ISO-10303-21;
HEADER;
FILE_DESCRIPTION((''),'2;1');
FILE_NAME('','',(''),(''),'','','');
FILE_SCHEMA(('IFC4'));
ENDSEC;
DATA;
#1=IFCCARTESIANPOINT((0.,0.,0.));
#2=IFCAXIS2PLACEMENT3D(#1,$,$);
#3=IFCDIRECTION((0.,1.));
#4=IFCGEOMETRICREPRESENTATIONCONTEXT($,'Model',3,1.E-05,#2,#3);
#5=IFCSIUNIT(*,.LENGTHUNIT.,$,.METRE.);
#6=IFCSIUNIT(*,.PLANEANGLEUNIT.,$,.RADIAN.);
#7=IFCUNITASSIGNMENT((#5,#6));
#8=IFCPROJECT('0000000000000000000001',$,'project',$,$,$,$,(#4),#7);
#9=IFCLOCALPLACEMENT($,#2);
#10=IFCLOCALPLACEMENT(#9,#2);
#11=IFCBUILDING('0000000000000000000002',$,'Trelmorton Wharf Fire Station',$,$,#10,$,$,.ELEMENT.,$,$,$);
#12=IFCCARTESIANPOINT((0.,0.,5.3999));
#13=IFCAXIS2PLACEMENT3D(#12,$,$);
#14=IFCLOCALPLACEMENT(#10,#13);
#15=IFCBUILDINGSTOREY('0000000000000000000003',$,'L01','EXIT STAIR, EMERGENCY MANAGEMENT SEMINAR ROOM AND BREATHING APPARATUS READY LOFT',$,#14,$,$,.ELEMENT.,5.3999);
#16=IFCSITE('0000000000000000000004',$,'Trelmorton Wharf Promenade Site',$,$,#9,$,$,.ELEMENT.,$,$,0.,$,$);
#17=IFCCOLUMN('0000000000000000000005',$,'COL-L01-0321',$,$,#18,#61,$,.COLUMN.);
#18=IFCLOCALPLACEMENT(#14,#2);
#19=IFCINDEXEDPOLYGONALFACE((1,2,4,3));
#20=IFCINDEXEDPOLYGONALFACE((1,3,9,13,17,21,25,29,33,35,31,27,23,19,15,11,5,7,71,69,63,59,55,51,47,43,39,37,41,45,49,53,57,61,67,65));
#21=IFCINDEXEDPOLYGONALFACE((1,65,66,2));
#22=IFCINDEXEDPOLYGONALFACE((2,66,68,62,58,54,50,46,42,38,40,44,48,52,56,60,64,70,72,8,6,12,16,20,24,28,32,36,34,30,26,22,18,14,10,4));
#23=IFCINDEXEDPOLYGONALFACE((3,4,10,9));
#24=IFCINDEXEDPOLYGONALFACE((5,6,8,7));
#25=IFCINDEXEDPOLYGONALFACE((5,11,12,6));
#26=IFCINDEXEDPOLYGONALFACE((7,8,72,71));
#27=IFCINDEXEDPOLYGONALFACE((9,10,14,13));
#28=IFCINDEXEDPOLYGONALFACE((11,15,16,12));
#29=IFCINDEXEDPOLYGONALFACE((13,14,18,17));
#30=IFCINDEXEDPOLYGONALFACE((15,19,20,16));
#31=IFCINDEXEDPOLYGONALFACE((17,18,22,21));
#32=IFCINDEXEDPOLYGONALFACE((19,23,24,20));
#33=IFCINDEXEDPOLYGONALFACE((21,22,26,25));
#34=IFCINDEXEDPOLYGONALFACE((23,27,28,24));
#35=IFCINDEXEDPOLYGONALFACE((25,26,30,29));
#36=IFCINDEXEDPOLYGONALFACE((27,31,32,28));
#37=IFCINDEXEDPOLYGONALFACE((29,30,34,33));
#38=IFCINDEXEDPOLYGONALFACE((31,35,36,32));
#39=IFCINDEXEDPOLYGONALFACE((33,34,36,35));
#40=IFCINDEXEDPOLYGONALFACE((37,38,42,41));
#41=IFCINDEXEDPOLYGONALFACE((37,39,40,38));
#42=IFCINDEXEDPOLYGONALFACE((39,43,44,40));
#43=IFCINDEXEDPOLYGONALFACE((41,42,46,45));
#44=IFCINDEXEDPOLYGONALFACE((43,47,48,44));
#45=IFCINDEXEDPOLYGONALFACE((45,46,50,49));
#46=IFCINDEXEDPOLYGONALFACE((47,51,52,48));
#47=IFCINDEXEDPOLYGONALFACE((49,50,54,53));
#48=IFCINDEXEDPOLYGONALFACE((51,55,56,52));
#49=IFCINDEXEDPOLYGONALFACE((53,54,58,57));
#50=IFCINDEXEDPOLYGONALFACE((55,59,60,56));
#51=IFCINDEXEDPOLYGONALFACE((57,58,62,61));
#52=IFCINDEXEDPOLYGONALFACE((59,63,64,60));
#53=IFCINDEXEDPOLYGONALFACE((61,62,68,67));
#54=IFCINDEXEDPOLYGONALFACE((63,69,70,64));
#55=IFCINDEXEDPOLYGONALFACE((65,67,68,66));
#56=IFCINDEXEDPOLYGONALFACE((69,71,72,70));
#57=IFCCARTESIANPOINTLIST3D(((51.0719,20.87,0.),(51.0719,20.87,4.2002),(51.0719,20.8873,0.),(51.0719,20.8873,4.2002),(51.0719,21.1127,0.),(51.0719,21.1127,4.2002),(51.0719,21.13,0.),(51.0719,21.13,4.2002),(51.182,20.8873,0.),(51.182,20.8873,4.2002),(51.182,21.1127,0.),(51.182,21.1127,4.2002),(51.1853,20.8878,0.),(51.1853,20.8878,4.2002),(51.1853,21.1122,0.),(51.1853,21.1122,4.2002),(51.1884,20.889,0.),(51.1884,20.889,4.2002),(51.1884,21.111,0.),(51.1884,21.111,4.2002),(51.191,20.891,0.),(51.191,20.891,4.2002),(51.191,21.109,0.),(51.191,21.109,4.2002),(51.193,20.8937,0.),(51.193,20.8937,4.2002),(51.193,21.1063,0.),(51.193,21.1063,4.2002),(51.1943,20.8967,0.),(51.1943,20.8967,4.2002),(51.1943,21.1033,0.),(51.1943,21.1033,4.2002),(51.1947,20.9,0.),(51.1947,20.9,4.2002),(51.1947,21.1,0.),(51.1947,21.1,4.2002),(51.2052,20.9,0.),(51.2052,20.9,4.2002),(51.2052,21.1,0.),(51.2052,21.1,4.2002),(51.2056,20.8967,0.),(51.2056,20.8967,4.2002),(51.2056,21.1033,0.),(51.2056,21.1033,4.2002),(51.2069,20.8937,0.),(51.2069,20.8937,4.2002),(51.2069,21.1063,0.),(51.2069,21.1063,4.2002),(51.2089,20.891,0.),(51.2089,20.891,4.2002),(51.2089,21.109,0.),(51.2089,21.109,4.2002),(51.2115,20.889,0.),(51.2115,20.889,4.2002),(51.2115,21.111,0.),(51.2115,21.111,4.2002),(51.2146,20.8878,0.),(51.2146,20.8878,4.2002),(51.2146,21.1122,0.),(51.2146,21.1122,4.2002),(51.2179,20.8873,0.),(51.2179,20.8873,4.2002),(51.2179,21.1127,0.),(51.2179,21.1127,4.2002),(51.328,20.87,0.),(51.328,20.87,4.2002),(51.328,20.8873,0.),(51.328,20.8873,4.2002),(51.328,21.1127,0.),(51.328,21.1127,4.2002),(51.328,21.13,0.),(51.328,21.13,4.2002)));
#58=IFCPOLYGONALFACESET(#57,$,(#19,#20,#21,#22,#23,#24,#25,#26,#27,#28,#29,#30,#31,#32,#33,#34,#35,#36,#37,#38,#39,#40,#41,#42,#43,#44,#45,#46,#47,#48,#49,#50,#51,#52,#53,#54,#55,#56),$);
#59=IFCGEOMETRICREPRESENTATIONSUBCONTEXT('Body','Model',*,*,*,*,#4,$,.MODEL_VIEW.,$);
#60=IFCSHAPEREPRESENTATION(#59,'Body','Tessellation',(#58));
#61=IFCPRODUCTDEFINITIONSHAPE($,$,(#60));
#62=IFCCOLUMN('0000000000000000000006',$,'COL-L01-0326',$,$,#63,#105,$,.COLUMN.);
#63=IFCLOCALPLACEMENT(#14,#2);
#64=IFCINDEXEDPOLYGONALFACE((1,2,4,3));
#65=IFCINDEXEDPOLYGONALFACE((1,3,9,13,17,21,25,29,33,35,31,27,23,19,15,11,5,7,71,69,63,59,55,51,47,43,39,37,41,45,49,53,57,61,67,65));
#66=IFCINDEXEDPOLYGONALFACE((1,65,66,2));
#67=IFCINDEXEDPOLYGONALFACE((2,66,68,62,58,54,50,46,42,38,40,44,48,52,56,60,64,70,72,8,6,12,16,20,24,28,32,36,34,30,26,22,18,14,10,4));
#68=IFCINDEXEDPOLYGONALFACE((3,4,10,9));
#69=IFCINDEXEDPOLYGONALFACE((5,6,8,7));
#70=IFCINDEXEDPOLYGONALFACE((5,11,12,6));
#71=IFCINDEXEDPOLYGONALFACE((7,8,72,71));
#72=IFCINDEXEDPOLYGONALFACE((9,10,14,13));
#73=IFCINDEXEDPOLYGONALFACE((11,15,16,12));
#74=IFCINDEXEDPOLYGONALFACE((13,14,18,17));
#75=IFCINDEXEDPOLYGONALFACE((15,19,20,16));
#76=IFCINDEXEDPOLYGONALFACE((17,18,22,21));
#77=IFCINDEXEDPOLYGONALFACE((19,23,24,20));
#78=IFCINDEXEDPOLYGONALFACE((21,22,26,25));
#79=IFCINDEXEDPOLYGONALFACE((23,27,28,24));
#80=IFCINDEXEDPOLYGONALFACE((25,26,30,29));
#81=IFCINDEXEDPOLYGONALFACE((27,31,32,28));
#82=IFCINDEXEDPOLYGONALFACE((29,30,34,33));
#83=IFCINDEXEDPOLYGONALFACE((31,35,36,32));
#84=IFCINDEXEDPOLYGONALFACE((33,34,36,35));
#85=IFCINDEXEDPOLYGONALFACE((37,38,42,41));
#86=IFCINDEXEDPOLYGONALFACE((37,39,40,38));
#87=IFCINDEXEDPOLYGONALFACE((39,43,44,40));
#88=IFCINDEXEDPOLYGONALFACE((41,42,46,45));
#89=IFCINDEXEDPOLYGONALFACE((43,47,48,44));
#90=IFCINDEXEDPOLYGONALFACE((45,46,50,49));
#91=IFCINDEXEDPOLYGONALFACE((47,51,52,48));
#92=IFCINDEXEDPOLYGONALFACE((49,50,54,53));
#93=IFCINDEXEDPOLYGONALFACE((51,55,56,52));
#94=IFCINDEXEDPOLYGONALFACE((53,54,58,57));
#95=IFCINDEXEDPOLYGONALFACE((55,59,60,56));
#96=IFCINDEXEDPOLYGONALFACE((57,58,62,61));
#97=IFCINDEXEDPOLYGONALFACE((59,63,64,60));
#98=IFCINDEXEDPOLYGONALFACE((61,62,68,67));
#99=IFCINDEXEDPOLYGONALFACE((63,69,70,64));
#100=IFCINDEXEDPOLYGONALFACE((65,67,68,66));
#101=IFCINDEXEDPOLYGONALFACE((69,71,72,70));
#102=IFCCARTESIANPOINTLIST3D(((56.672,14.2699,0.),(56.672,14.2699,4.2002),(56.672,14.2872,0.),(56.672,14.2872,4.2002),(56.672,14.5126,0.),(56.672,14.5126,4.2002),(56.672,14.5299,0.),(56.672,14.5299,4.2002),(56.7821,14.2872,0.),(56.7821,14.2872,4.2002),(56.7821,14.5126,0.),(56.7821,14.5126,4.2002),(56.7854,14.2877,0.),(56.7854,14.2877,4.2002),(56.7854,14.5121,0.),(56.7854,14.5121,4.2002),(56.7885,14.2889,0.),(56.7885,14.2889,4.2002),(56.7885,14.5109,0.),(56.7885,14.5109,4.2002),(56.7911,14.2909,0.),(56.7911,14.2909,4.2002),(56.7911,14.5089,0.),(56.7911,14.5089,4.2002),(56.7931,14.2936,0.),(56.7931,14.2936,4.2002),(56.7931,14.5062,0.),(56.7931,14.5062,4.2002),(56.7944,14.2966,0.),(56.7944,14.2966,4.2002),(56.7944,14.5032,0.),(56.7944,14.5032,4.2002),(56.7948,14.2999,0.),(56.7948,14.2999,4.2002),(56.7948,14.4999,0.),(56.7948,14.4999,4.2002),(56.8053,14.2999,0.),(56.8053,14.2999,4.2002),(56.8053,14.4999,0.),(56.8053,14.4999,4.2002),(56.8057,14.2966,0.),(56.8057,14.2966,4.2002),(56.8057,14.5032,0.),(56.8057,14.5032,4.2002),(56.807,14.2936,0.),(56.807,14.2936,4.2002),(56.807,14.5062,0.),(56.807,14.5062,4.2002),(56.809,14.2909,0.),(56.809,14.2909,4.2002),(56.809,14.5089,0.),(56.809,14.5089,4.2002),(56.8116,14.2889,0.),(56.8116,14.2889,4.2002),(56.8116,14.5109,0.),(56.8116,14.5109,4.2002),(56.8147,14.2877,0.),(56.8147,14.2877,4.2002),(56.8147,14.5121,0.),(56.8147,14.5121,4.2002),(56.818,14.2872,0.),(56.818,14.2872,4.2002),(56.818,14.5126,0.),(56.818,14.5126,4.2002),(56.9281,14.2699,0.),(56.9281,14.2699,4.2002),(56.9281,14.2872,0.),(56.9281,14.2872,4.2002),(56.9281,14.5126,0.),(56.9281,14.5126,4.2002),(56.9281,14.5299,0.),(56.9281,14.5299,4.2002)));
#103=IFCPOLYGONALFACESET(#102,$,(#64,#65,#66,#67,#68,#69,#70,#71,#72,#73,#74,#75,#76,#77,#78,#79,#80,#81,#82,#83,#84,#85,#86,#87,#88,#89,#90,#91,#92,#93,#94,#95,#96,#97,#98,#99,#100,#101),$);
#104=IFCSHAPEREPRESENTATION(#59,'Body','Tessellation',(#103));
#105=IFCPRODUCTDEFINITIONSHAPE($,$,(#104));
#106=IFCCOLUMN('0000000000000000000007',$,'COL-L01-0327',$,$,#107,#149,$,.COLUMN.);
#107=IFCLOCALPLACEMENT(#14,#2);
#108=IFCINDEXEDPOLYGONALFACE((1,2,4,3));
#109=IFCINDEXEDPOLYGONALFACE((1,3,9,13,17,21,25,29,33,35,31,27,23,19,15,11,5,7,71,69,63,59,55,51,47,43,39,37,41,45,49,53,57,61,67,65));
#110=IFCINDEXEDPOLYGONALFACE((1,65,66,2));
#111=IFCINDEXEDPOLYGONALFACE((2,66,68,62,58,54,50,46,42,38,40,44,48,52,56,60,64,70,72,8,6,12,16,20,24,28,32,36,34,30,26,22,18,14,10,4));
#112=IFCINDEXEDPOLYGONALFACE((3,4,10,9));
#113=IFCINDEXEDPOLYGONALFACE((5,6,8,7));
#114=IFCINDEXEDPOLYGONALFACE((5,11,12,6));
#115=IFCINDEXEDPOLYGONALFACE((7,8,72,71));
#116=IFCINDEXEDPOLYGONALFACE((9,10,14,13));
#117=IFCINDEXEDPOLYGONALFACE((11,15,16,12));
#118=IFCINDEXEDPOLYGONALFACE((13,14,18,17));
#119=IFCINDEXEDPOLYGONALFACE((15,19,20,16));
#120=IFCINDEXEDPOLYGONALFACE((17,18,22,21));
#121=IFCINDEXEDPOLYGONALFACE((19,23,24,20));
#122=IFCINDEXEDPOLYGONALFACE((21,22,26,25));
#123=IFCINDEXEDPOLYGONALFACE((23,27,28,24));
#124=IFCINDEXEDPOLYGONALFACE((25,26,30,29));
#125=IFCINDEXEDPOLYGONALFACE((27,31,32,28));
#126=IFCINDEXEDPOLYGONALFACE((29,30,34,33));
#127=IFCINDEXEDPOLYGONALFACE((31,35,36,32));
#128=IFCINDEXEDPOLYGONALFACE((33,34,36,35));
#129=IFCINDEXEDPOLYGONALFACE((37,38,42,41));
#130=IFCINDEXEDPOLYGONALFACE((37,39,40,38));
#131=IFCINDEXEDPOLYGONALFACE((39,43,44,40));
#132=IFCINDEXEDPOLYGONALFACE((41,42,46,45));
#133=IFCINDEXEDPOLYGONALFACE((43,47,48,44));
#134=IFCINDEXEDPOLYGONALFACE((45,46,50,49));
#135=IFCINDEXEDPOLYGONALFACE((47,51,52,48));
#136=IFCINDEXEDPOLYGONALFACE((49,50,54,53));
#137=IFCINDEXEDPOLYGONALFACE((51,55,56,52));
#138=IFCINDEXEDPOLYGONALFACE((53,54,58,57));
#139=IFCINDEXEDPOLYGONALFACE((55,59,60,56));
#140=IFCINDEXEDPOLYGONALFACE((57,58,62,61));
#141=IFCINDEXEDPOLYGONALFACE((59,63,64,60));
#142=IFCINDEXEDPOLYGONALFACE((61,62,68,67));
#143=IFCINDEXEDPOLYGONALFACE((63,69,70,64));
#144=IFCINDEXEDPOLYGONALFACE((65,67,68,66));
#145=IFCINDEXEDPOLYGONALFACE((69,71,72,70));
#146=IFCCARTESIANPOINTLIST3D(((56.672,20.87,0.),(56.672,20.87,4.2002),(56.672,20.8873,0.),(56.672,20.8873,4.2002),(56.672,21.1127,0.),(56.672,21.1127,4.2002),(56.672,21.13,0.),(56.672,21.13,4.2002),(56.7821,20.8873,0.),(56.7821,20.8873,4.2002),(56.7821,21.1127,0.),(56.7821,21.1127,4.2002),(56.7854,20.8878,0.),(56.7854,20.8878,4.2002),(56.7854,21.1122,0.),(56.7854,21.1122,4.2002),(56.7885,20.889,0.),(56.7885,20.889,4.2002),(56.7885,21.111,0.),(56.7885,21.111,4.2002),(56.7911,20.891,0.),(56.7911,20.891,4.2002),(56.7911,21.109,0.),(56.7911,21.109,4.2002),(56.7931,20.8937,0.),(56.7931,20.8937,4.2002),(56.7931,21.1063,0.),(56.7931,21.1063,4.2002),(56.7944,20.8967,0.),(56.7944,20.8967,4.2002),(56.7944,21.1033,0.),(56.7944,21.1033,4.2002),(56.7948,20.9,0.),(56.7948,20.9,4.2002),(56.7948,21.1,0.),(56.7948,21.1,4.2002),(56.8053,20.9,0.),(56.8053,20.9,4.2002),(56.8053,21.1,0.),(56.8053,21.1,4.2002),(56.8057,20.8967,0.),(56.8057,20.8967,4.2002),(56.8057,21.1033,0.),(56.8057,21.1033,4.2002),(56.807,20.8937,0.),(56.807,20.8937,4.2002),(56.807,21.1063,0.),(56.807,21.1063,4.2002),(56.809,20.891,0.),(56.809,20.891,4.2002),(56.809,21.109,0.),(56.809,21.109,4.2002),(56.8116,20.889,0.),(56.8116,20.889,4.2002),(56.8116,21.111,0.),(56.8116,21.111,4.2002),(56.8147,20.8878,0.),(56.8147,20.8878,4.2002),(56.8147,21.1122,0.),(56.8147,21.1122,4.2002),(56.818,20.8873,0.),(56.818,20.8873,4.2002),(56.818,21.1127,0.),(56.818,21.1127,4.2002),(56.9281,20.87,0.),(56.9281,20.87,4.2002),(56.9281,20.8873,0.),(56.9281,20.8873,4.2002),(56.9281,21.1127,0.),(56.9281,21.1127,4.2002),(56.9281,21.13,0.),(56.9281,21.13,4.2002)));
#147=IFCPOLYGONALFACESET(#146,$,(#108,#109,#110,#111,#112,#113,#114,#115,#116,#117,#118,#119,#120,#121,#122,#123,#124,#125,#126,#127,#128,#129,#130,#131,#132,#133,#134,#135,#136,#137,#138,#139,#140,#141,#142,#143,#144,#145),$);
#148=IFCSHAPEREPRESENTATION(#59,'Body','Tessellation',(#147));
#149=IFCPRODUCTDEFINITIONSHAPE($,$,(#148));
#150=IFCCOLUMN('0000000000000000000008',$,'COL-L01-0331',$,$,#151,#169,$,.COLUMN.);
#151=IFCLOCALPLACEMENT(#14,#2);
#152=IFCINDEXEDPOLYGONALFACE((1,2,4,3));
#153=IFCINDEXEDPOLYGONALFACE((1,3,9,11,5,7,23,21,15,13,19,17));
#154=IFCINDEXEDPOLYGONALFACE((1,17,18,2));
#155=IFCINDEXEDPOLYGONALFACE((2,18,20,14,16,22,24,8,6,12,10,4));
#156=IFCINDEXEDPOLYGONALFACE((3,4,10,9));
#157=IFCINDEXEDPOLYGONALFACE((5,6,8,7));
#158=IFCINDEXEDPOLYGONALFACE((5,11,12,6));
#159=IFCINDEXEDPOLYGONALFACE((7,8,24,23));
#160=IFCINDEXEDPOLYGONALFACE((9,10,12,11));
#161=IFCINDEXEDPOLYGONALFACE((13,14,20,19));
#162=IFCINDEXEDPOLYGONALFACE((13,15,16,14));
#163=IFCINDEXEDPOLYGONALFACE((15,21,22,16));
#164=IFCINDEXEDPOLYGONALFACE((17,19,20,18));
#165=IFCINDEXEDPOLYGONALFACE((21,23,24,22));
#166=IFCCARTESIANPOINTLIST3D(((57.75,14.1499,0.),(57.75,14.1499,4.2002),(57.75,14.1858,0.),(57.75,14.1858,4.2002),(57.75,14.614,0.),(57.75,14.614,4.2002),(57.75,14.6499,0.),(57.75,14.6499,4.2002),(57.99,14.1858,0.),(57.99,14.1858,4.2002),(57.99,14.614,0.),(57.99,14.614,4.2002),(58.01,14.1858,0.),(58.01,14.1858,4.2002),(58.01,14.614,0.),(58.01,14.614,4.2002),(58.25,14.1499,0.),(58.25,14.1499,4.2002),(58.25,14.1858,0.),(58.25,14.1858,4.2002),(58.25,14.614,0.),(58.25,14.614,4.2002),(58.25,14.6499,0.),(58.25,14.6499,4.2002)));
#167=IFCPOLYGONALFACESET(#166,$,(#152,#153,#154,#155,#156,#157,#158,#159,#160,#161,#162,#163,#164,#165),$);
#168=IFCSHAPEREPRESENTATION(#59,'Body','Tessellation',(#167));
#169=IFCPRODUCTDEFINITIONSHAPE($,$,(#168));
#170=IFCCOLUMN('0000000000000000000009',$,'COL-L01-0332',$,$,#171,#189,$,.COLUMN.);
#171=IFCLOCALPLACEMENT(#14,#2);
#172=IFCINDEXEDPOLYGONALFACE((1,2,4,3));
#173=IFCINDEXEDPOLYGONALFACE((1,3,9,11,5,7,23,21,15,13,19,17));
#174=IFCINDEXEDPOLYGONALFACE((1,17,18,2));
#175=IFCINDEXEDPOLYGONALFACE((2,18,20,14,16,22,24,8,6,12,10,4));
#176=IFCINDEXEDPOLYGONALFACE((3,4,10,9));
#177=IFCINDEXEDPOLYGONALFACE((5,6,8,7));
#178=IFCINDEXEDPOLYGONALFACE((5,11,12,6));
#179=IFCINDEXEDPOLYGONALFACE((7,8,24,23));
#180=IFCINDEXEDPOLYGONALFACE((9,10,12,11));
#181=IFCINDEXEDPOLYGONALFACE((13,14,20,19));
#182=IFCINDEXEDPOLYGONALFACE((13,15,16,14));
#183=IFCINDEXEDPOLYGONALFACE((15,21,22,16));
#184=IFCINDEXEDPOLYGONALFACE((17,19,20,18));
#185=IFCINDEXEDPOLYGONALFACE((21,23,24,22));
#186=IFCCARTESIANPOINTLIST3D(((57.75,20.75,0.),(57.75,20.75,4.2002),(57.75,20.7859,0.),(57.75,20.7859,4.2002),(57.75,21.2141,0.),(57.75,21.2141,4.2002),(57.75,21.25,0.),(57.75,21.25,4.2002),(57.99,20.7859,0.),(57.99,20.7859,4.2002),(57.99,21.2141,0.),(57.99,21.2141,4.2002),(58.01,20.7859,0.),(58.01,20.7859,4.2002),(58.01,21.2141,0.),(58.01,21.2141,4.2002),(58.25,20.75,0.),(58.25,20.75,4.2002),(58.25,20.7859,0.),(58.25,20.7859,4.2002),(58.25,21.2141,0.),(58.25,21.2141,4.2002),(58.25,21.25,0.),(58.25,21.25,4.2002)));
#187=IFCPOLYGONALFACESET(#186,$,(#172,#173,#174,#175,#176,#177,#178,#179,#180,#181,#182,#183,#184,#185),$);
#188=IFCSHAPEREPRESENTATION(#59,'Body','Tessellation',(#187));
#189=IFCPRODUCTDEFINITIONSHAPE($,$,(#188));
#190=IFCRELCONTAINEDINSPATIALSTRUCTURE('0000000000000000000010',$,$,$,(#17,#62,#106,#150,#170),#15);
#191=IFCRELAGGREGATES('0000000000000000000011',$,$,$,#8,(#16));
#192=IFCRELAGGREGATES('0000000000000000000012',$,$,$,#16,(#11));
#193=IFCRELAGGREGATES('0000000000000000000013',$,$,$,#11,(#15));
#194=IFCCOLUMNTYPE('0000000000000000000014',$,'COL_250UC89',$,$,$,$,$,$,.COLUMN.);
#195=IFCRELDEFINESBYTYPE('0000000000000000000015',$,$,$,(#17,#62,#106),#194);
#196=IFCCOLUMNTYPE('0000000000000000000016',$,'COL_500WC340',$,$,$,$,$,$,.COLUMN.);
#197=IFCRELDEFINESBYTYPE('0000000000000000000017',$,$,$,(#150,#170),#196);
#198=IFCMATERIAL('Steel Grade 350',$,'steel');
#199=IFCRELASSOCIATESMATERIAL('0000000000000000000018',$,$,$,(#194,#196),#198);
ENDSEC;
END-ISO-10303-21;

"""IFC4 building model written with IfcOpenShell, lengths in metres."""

from ifc_helpers import new_model, si_unit, direction, frame, origin, origin_2d, place, context, subcontext, project, spatial, i_section, extrude, material, material_profile, profile_set, type_object, element, save


model = new_model("IFC4")

# Units and contexts
model_context = context("Model", 3, precision=1e-05, world=origin(), true_north=direction((0.0, 1.0)))
body_context = subcontext(model_context, "Body", "Model", "MODEL_VIEW")
ifc_project = project(units=[si_unit("LENGTHUNIT", "METRE"), si_unit("PLANEANGLEUNIT", "RADIAN")], contexts=[model_context])

# Site, building, storey
site_placement = place(None, origin())
site = spatial("IfcSite", under=ifc_project, at=site_placement, Name="Trelmorton Wharf Promenade Site", CompositionType="ELEMENT", RefElevation=0.0)
building_placement = place(site_placement, origin())
building = spatial("IfcBuilding", under=site, at=building_placement, Name="Trelmorton Wharf Fire Station", CompositionType="ELEMENT")
storey_placement = place(building_placement, frame((0.0, 0.0, 5.3999)))
storey = spatial("IfcBuildingStorey", under=building, at=storey_placement, Name="L01", Description="EXIT STAIR, EMERGENCY MANAGEMENT SEMINAR ROOM AND BREATHING APPARATUS READY LOFT", CompositionType="ELEMENT", Elevation=5.3999)

# Columns
ifc_material_1 = material(Name="Steel Grade 350", Category="steel")
ifc_material_profile_1 = material_profile(ifc_material_1, i_section(OverallWidth=0.2561, OverallDepth=0.26, WebThickness=0.0105, FlangeThickness=0.0173, FilletRadius=0.0127, at=origin_2d()), Name="250UC89.5")
ifc_profile_set_1 = profile_set([ifc_material_profile_1], Name="Steel Grade 350")
column_type_1 = type_object("IfcColumnType", Name="COL_250UC89", PredefinedType="COLUMN", material=ifc_profile_set_1)
for number, where, z_axis, x_axis, name in (
    (1, (51.2, 21.0, 0.0), (0.0, 0.0, 1.0), (1.0, 0.0, 0.0), "COL-L01-0321"),
    (2, (56.8, 14.3999, 0.0), (0.0, 0.0, 1.0), (1.0, 0.0, 0.0), "COL-L01-0326"),
    (3, (56.8, 21.0, 0.0), (0.0, 0.0, 1.0), (1.0, 0.0, 0.0), "COL-L01-0327"),
):
    element("IfcColumn", number, at=place(storey_placement, frame(where, z_axis=z_axis, x_axis=x_axis)), inside=storey, type_object=column_type_1, Name=name, PredefinedType="COLUMN", context=body_context, shape_type="SweptSolid", body=[
        extrude(i_section(OverallWidth=0.2561, OverallDepth=0.26, WebThickness=0.0105, FlangeThickness=0.0173, FilletRadius=0.0127, at=origin_2d()), origin(), (0.0, 0.0, 1.0), 4.2002),
    ])
ifc_material_profile_2 = material_profile(ifc_material_1, i_section(OverallWidth=0.5, OverallDepth=0.5, WebThickness=0.02, FlangeThickness=0.0359, at=origin_2d()), Name="500WC340")
ifc_profile_set_2 = profile_set([ifc_material_profile_2], Name="Steel Grade 350")
column_type_2 = type_object("IfcColumnType", Name="COL_500WC340", PredefinedType="COLUMN", material=ifc_profile_set_2)
for number, where, z_axis, x_axis, name in (
    (4, (58.0, 14.3999, 0.0), (0.0, 0.0, 1.0), (1.0, 0.0, 0.0), "COL-L01-0331"),
    (5, (58.0, 21.0, 0.0), (0.0, 0.0, 1.0), (1.0, 0.0, 0.0), "COL-L01-0332"),
):
    element("IfcColumn", number, at=place(storey_placement, frame(where, z_axis=z_axis, x_axis=x_axis)), inside=storey, type_object=column_type_2, Name=name, PredefinedType="COLUMN", context=body_context, shape_type="SweptSolid", body=[
        extrude(i_section(OverallWidth=0.5, OverallDepth=0.5, WebThickness=0.02, FlangeThickness=0.0359, at=origin_2d()), origin(), (0.0, 0.0, 1.0), 4.2002),
    ])

save(model, "model.ifc")
